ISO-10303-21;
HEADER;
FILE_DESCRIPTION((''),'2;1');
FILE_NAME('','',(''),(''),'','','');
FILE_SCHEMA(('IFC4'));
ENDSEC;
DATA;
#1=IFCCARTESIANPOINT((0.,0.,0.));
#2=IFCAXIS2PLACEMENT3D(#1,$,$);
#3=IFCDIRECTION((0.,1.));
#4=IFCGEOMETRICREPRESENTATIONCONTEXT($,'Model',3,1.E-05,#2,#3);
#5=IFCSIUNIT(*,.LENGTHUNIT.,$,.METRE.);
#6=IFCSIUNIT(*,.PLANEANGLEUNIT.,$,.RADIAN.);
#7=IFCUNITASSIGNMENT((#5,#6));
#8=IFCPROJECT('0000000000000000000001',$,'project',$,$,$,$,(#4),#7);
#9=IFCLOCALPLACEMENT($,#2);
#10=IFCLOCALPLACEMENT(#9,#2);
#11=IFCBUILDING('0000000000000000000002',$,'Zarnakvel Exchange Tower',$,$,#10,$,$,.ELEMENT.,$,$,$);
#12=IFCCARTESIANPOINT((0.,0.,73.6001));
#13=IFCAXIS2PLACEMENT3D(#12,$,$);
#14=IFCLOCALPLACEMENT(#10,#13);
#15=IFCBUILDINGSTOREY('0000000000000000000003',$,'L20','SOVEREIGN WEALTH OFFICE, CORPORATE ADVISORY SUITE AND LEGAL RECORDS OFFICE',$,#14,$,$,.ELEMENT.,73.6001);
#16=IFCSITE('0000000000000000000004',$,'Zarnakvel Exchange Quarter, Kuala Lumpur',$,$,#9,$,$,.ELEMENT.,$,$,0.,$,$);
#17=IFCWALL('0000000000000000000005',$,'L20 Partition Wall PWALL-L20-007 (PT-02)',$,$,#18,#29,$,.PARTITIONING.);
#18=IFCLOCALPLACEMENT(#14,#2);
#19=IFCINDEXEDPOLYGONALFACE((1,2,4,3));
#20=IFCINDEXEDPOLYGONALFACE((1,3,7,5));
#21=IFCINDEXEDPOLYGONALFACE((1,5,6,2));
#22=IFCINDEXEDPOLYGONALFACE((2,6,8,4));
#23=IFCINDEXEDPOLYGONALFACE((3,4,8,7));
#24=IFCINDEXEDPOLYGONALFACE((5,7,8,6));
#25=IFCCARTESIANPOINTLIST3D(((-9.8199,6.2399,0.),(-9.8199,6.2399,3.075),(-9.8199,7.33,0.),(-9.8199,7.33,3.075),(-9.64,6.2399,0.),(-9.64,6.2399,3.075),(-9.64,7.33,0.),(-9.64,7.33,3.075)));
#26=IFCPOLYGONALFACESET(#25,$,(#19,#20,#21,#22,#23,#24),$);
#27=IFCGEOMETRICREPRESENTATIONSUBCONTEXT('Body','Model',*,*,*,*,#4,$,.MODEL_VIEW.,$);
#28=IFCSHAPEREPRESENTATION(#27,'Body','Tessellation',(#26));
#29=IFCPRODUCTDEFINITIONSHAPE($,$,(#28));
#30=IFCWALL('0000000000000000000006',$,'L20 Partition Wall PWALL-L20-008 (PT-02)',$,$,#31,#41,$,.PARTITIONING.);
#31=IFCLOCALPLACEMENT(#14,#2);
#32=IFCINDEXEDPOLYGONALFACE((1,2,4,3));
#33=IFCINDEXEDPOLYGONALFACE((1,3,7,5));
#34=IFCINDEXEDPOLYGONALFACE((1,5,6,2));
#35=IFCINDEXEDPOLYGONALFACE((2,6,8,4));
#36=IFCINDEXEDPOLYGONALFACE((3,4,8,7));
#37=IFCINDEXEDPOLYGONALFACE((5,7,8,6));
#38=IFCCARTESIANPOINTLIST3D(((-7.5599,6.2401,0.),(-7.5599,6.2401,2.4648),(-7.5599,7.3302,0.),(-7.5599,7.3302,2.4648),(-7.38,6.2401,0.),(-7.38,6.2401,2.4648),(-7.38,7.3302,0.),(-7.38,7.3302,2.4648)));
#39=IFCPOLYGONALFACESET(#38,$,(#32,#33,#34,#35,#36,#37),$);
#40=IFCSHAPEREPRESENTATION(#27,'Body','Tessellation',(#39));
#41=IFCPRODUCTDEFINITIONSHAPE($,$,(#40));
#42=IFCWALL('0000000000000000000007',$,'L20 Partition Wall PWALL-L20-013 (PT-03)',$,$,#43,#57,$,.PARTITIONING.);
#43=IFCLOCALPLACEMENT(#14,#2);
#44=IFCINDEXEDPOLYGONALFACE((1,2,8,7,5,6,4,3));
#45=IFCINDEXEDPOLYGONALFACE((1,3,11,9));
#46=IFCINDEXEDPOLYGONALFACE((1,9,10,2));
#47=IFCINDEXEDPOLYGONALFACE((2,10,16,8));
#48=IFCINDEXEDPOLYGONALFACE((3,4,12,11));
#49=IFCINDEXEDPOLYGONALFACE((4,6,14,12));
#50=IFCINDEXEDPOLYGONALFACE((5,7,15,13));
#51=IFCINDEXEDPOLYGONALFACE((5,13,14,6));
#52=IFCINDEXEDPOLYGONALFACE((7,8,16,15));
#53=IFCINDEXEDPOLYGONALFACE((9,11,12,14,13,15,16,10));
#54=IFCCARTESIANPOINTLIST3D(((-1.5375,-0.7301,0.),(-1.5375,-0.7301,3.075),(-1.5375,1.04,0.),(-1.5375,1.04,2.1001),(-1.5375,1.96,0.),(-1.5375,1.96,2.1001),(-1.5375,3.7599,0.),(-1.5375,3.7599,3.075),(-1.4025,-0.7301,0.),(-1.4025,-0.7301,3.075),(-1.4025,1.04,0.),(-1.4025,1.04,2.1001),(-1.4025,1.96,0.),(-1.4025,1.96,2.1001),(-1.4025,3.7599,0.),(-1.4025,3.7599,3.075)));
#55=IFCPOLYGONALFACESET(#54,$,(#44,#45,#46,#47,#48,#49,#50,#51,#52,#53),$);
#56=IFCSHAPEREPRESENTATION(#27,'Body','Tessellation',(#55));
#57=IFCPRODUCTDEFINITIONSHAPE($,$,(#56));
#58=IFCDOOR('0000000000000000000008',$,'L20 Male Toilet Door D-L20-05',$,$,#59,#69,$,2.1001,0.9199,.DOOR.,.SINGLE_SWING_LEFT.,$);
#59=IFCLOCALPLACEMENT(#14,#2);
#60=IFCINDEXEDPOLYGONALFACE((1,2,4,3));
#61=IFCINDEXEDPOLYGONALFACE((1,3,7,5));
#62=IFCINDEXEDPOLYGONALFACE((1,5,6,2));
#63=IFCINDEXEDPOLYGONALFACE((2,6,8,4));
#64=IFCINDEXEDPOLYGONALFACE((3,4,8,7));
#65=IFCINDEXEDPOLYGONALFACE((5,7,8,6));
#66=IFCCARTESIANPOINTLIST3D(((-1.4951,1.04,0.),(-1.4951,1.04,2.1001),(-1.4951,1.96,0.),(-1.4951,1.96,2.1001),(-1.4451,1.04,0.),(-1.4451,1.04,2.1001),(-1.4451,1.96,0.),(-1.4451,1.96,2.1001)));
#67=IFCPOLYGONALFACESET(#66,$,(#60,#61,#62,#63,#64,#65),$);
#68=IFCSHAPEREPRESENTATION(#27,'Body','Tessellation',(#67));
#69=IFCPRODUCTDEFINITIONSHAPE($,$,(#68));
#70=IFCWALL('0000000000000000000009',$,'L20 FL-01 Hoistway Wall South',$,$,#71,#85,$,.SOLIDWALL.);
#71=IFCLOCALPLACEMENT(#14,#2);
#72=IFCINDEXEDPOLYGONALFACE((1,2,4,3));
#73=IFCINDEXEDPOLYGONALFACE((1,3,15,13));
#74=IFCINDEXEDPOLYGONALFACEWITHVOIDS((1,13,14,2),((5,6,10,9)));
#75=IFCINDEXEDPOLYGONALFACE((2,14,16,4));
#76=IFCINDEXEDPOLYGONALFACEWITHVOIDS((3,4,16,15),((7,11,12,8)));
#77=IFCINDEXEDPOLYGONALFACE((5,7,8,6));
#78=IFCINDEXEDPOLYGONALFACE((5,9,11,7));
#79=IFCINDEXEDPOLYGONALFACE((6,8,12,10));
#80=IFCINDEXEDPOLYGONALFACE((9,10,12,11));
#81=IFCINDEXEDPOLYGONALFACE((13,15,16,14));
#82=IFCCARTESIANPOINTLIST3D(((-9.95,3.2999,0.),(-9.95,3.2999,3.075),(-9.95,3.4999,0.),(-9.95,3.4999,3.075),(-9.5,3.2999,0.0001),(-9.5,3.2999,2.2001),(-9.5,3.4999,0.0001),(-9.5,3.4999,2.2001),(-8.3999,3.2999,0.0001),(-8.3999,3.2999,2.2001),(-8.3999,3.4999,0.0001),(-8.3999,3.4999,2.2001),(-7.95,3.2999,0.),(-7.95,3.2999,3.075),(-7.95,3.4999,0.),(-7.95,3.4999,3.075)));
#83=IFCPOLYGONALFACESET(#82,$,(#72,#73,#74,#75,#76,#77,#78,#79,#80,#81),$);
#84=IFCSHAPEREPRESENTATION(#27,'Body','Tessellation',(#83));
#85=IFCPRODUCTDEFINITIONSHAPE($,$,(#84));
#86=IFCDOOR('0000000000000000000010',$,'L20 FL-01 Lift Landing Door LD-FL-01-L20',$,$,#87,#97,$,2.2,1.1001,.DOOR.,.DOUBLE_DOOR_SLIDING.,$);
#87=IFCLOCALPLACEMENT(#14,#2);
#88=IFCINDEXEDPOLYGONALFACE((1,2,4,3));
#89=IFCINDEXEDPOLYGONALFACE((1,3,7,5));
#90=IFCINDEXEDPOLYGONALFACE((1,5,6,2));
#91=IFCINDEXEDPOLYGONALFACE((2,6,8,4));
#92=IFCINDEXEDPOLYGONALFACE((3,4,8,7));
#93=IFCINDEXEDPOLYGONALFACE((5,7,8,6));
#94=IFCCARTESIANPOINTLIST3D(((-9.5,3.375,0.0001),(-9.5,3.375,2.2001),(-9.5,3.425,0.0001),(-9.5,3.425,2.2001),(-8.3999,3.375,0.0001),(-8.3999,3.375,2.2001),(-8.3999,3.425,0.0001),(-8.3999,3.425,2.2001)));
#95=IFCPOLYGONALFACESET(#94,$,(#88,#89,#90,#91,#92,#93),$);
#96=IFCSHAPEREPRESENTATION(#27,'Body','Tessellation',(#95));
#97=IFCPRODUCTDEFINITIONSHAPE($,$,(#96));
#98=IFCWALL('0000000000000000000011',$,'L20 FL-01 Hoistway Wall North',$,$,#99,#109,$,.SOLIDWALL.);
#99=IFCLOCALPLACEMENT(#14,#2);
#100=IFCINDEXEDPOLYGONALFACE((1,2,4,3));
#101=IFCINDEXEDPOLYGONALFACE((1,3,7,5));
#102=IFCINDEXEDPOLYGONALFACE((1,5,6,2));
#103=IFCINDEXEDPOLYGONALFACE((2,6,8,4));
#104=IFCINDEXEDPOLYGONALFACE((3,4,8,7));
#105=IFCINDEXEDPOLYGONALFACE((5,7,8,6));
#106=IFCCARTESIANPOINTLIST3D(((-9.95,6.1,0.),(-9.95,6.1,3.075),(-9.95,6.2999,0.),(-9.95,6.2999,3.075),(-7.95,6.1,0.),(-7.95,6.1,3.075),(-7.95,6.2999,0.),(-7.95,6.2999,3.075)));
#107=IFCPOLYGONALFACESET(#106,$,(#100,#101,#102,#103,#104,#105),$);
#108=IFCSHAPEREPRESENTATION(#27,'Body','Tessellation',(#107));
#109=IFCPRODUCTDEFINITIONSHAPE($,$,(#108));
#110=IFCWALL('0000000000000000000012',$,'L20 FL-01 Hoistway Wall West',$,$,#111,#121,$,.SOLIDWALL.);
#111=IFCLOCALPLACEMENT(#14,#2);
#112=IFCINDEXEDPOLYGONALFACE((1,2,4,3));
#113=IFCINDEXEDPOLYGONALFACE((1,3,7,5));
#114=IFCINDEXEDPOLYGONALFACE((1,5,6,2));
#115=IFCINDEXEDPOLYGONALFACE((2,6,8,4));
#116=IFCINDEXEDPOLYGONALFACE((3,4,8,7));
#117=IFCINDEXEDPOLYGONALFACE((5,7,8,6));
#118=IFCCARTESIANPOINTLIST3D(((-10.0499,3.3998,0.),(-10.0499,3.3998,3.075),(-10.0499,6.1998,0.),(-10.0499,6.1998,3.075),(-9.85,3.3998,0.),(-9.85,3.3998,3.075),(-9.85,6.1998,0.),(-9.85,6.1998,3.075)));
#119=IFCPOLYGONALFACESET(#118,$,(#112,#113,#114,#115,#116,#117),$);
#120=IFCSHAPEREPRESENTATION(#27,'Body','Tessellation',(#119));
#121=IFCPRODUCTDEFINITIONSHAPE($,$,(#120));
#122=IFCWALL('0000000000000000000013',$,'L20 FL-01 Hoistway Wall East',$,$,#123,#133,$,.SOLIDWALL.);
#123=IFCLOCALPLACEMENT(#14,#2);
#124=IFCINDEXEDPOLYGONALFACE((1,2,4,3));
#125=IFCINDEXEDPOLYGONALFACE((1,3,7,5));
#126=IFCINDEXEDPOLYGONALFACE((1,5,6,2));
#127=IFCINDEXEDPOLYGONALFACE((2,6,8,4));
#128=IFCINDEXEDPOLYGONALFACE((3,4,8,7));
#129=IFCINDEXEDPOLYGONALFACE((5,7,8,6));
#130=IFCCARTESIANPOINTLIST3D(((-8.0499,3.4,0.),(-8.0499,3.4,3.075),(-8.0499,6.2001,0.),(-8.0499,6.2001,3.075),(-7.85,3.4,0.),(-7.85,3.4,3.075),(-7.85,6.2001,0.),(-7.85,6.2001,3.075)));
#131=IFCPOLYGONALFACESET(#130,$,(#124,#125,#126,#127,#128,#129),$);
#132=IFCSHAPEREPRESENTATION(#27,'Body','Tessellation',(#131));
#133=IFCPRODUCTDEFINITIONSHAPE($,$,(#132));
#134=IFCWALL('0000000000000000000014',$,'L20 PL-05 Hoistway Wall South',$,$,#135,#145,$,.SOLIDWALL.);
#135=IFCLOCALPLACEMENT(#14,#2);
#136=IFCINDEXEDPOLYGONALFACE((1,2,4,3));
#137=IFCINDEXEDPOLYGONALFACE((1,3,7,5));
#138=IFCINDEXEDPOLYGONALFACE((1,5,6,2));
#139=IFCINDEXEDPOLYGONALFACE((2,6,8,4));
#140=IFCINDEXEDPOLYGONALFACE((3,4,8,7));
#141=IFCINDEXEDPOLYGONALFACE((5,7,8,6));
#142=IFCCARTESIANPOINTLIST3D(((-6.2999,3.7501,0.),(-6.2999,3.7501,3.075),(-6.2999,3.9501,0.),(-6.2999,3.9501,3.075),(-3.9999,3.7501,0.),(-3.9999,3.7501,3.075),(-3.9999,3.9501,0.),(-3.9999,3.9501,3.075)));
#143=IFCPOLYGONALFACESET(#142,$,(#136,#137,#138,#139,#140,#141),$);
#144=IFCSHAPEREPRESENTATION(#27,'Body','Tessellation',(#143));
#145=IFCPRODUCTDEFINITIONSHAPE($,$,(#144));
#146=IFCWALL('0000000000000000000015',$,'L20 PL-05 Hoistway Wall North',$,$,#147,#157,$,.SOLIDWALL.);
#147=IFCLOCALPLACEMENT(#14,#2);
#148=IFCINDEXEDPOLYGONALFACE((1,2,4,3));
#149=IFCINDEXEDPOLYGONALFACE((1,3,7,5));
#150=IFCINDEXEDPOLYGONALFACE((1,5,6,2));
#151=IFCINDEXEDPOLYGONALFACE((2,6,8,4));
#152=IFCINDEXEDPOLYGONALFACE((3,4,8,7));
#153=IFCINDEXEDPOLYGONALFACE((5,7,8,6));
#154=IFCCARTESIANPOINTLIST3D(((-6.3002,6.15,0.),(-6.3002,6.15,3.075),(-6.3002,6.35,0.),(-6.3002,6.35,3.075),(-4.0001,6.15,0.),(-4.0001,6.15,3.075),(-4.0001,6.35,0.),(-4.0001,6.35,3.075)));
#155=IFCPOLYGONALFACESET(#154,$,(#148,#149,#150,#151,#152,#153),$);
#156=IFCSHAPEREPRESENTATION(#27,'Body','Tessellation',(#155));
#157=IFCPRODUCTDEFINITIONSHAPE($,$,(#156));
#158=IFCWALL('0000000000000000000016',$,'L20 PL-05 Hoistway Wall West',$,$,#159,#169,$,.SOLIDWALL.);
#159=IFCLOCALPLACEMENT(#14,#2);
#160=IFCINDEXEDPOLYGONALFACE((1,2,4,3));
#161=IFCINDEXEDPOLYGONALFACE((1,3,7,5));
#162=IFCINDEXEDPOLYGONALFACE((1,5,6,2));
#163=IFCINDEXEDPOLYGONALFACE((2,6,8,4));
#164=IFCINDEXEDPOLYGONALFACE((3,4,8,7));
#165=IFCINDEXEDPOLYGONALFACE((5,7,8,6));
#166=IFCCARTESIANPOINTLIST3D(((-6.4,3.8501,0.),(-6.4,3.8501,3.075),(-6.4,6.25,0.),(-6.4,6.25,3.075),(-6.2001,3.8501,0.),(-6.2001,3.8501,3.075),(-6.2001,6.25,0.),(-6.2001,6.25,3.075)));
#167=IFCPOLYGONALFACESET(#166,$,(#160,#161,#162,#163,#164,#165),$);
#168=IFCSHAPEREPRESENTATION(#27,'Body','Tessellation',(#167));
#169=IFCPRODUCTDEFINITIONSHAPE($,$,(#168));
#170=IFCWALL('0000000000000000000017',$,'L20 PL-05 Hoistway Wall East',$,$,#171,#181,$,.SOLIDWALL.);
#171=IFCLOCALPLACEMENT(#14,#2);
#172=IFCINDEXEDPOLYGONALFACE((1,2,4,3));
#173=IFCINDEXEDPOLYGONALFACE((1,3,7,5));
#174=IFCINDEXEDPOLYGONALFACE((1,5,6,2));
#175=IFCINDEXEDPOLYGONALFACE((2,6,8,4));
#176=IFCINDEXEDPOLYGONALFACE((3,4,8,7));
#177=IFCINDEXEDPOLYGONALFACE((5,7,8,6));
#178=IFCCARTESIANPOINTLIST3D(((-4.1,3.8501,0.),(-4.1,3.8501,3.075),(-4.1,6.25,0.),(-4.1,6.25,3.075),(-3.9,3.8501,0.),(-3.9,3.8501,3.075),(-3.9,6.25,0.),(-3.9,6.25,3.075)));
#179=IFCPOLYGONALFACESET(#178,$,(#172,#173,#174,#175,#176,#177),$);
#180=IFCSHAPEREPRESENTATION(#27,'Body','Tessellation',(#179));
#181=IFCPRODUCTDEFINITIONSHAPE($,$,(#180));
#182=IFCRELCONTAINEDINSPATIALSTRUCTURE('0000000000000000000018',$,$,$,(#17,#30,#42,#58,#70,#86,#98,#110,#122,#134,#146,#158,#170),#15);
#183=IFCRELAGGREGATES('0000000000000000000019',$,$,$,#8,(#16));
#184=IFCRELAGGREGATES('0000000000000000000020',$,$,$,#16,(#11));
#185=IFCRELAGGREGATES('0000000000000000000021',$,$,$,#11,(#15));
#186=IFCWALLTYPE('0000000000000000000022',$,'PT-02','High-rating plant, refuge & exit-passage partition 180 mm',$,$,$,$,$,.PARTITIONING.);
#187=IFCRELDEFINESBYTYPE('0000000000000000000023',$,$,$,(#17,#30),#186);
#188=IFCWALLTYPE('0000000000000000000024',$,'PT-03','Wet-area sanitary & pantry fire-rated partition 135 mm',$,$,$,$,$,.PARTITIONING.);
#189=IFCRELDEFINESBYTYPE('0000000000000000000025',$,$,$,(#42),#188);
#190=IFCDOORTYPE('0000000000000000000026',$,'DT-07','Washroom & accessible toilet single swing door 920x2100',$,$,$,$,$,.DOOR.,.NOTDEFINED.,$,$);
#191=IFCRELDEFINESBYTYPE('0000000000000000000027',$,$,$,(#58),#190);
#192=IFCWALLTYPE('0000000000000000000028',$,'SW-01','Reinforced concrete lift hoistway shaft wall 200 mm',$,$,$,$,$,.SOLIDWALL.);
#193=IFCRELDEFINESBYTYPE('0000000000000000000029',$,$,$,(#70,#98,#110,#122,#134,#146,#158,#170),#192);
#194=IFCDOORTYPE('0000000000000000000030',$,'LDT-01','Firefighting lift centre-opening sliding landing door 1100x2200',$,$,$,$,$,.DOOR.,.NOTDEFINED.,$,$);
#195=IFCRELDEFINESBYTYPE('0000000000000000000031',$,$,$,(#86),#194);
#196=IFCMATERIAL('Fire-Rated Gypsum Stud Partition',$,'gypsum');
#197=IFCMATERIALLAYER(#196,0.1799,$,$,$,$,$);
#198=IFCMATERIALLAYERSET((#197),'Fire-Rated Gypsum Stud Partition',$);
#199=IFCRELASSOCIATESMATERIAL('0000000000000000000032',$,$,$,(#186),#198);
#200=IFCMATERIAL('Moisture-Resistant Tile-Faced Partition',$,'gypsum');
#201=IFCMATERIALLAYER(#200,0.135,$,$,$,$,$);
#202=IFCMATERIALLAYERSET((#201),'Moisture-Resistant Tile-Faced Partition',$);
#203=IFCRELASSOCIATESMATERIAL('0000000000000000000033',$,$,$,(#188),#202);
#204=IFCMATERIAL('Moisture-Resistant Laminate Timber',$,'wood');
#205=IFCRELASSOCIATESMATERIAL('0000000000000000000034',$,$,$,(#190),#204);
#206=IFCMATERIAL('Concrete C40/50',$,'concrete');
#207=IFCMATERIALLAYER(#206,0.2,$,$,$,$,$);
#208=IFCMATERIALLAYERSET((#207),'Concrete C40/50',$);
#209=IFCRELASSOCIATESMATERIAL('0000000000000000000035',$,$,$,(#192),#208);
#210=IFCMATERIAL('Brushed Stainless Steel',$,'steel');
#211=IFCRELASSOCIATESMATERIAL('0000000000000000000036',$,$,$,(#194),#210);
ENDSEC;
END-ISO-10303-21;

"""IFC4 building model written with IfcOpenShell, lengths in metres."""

from ifc_helpers import new_model, si_unit, direction, frame, frame_2d, origin, place, context, subcontext, project, spatial, rectangle, extrude, source, transform, mapped, material, layer, layer_set, type_object, element, fill, save


model = new_model("IFC4")

# Units and contexts
model_context = context("Model", 3, precision=1e-05, world=origin(), true_north=direction((0.0, 1.0)))
body_context = subcontext(model_context, "Body", "Model", "MODEL_VIEW")
ifc_project = project(units=[si_unit("LENGTHUNIT", "METRE"), si_unit("PLANEANGLEUNIT", "RADIAN")], contexts=[model_context])

# Site, building, storey
site_placement = place(None, origin())
site = spatial("IfcSite", under=ifc_project, at=site_placement, Name="Zarnakvel Exchange Quarter, Kuala Lumpur", CompositionType="ELEMENT", RefElevation=0.0)
building_placement = place(site_placement, origin())
building = spatial("IfcBuilding", under=site, at=building_placement, Name="Zarnakvel Exchange Tower", CompositionType="ELEMENT")
storey_placement = place(building_placement, frame((0.0, 0.0, 73.6001)))
storey = spatial("IfcBuildingStorey", under=building, at=storey_placement, Name="L20", Description="SOVEREIGN WEALTH OFFICE, CORPORATE ADVISORY SUITE AND LEGAL RECORDS OFFICE", CompositionType="ELEMENT", Elevation=73.6001)

# Walls
ifc_material_1 = material(Name="Fire-Rated Gypsum Stud Partition", Category="gypsum")
ifc_layer_1 = layer(ifc_material_1, 0.1799)
ifc_layer_set_1 = layer_set([ifc_layer_1], Name="Fire-Rated Gypsum Stud Partition")
wall_type_1 = type_object("IfcWallType", Name="PT-02", Description="High-rating plant, refuge & exit-passage partition 180 mm", PredefinedType="PARTITIONING", material=ifc_layer_set_1)
wall_1_placement = place(storey_placement, frame((-9.73, 6.24, 0.0), z_axis=(0.0, 0.0, 1.0), x_axis=(0.0, 1.0, 0.0)))
element("IfcWall", 1, at=wall_1_placement, inside=storey, type_object=wall_type_1, Name="L20 Partition Wall PWALL-L20-007 (PT-02)", PredefinedType="PARTITIONING", context=body_context, shape_type="SweptSolid", body=[
    extrude(rectangle(XDim=1.0901, YDim=0.1799, at=frame_2d((0.5449, 0.0))), origin(), (0.0, 0.0, 1.0), 3.075),
])
wall_2_placement = place(storey_placement, frame((-7.47, 7.3301, 0.0), z_axis=(0.0, 0.0, 1.0), x_axis=(0.0, -1.0, 0.0)))
element("IfcWall", 2, at=wall_2_placement, inside=storey, type_object=wall_type_1, Name="L20 Partition Wall PWALL-L20-008 (PT-02)", PredefinedType="PARTITIONING", context=body_context, shape_type="SweptSolid", body=[
    extrude(rectangle(XDim=1.0901, YDim=0.1799, at=frame_2d((0.5449, 0.0))), origin(), (0.0, 0.0, 1.0), 2.4648),
])

# Walls, openings, doors
ifc_material_2 = material(Name="Moisture-Resistant Tile-Faced Partition", Category="gypsum")
ifc_layer_2 = layer(ifc_material_2, 0.135)
ifc_layer_set_2 = layer_set([ifc_layer_2], Name="Moisture-Resistant Tile-Faced Partition")
wall_type_2 = type_object("IfcWallType", Name="PT-03", Description="Wet-area sanitary & pantry fire-rated partition 135 mm", PredefinedType="PARTITIONING", material=ifc_layer_set_2)
wall_3_placement = place(storey_placement, frame((-1.47, 3.76, 0.0), z_axis=(0.0, 0.0, 1.0), x_axis=(0.0, -1.0, 0.0)))
wall_3 = element("IfcWall", 3, at=wall_3_placement, inside=storey, type_object=wall_type_2, Name="L20 Partition Wall PWALL-L20-013 (PT-03)", PredefinedType="PARTITIONING", context=body_context, shape_type="SweptSolid", body=[
    extrude(rectangle(XDim=4.49, YDim=0.135, at=frame_2d((2.2451, 0.0))), origin(), (0.0, 0.0, 1.0), 3.075),
])
opening_1_placement = place(wall_3_placement, frame((1.8, 0.0, 0.0)))
opening_1 = element("IfcOpeningElement", 4, at=opening_1_placement, cuts=wall_3, PredefinedType="OPENING", context=body_context, shape_type="SweptSolid", body=[
    extrude(rectangle(XDim=0.9199, YDim=2.1001, at=frame_2d((0.46, 1.05))), frame((0.0, 0.0774, 0.0), z_axis=(0.0, -1.0, 0.0), x_axis=(1.0, 0.0, 0.0)), (0.0, 0.0, 1.0), 0.155),
])
ifc_material_3 = material(Name="Moisture-Resistant Laminate Timber", Category="wood")
door_type_1 = type_object("IfcDoorType", Name="DT-07", Description="Washroom & accessible toilet single swing door 920x2100", OperationType="NOTDEFINED", PredefinedType="DOOR", material=ifc_material_3)
shared_shape_1 = source(origin(), body_context, "Body", "SweptSolid", [
    extrude(rectangle(XDim=0.9199, YDim=2.1001, at=frame_2d((0.46, 1.05))), frame((0.0, 0.0249, 0.0), z_axis=(0.0, -1.0, 0.0), x_axis=(1.0, 0.0, 0.0)), (0.0, 0.0, 1.0), 0.05),
])
door_1_placement = place(opening_1_placement, origin())
door_1 = element("IfcDoor", 5, at=door_1_placement, inside=storey, type_object=door_type_1, Name="L20 Male Toilet Door D-L20-05", OperationType="SINGLE_SWING_LEFT", OverallHeight=2.1001, OverallWidth=0.9199, PredefinedType="DOOR", context=body_context, shape_type="MappedRepresentation", body=[
    mapped(shared_shape_1, transform((0.0, 0.0, 0.0), x_axis=(1.0, 0.0, 0.0), y_axis=(0.0, 1.0, 0.0), z_axis=(0.0, 0.0, 1.0), scale=1.0)),
])
fill(opening_1, door_1)
ifc_material_4 = material(Name="Concrete C40/50", Category="concrete")
ifc_layer_3 = layer(ifc_material_4, 0.2)
ifc_layer_set_3 = layer_set([ifc_layer_3], Name="Concrete C40/50")
wall_type_3 = type_object("IfcWallType", Name="SW-01", Description="Reinforced concrete lift hoistway shaft wall 200 mm", PredefinedType="SOLIDWALL", material=ifc_layer_set_3)
wall_4_placement = place(storey_placement, frame((-7.95, 3.3999, 0.0), z_axis=(0.0, 0.0, 1.0), x_axis=(-1.0, 0.0, 0.0)))
wall_4 = element("IfcWall", 6, at=wall_4_placement, inside=storey, type_object=wall_type_3, Name="L20 FL-01 Hoistway Wall South", PredefinedType="SOLIDWALL", context=body_context, shape_type="SweptSolid", body=[
    extrude(rectangle(XDim=2.0, YDim=0.2, at=frame_2d((1.0, 0.0))), origin(), (0.0, 0.0, 1.0), 3.075),
])
opening_2_placement = place(wall_4_placement, frame((0.45, 0.0, 0.0)))
opening_2 = element("IfcOpeningElement", 7, at=opening_2_placement, cuts=wall_4, PredefinedType="OPENING", context=body_context, shape_type="SweptSolid", body=[
    extrude(rectangle(XDim=1.1001, YDim=2.2, at=frame_2d((0.55, 1.1001))), frame((0.0, 0.1099, 0.0), z_axis=(0.0, -1.0, 0.0), x_axis=(1.0, 0.0, 0.0)), (0.0, 0.0, 1.0), 0.22),
])
ifc_material_5 = material(Name="Brushed Stainless Steel", Category="steel")
door_type_2 = type_object("IfcDoorType", Name="LDT-01", Description="Firefighting lift centre-opening sliding landing door 1100x2200", OperationType="NOTDEFINED", PredefinedType="DOOR", material=ifc_material_5)
shared_shape_2 = source(origin(), body_context, "Body", "SweptSolid", [
    extrude(rectangle(XDim=1.1001, YDim=2.2, at=frame_2d((0.55, 1.1001))), frame((0.0, 0.0249, 0.0), z_axis=(0.0, -1.0, 0.0), x_axis=(1.0, 0.0, 0.0)), (0.0, 0.0, 1.0), 0.05),
])
door_2_placement = place(opening_2_placement, origin())
door_2 = element("IfcDoor", 8, at=door_2_placement, inside=storey, type_object=door_type_2, Name="L20 FL-01 Lift Landing Door LD-FL-01-L20", OperationType="DOUBLE_DOOR_SLIDING", OverallHeight=2.2, OverallWidth=1.1001, PredefinedType="DOOR", context=body_context, shape_type="MappedRepresentation", body=[
    mapped(shared_shape_2, transform((0.0, 0.0, 0.0), x_axis=(1.0, 0.0, 0.0), y_axis=(0.0, 1.0, 0.0), z_axis=(0.0, 0.0, 1.0), scale=1.0)),
])
fill(opening_2, door_2)

# Walls
wall_5_placement = place(storey_placement, frame((-9.95, 6.2, 0.0), z_axis=(0.0, 0.0, 1.0), x_axis=(1.0, 0.0, 0.0)))
element("IfcWall", 9, at=wall_5_placement, inside=storey, type_object=wall_type_3, Name="L20 FL-01 Hoistway Wall North", PredefinedType="SOLIDWALL", context=body_context, shape_type="SweptSolid", body=[
    extrude(rectangle(XDim=2.0, YDim=0.2, at=frame_2d((1.0, 0.0))), origin(), (0.0, 0.0, 1.0), 3.075),
])
for number, where, z_axis, x_axis, name in (
    (10, (-9.95, 3.3999, 0.0), (0.0, 0.0, 1.0), (0.0, 1.0, 0.0), "L20 FL-01 Hoistway Wall West"),
    (11, (-7.95, 6.2, 0.0), (0.0, 0.0, 1.0), (0.0, -1.0, 0.0), "L20 FL-01 Hoistway Wall East"),
):
    element("IfcWall", number, at=place(storey_placement, frame(where, z_axis=z_axis, x_axis=x_axis)), inside=storey, type_object=wall_type_3, Name=name, PredefinedType="SOLIDWALL", context=body_context, shape_type="SweptSolid", body=[
        extrude(rectangle(XDim=2.8, YDim=0.2, at=frame_2d((1.3999, 0.0))), origin(), (0.0, 0.0, 1.0), 3.075),
    ])
for number, where, z_axis, x_axis, name in (
    (12, (-4.0, 3.8501, 0.0), (0.0, 0.0, 1.0), (-1.0, 0.0, 0.0), "L20 PL-05 Hoistway Wall South"),
    (13, (-6.3, 6.25, 0.0), (0.0, 0.0, 1.0), (1.0, 0.0, 0.0), "L20 PL-05 Hoistway Wall North"),
):
    element("IfcWall", number, at=place(storey_placement, frame(where, z_axis=z_axis, x_axis=x_axis)), inside=storey, type_object=wall_type_3, Name=name, PredefinedType="SOLIDWALL", context=body_context, shape_type="SweptSolid", body=[
        extrude(rectangle(XDim=2.3, YDim=0.2, at=frame_2d((1.1499, 0.0))), origin(), (0.0, 0.0, 1.0), 3.075),
    ])
for number, where, z_axis, x_axis, name in (
    (14, (-6.3, 3.8501, 0.0), (0.0, 0.0, 1.0), (0.0, 1.0, 0.0), "L20 PL-05 Hoistway Wall West"),
    (15, (-4.0, 6.25, 0.0), (0.0, 0.0, 1.0), (0.0, -1.0, 0.0), "L20 PL-05 Hoistway Wall East"),
):
    element("IfcWall", number, at=place(storey_placement, frame(where, z_axis=z_axis, x_axis=x_axis)), inside=storey, type_object=wall_type_3, Name=name, PredefinedType="SOLIDWALL", context=body_context, shape_type="SweptSolid", body=[
        extrude(rectangle(XDim=2.3999, YDim=0.2, at=frame_2d((1.2, 0.0))), origin(), (0.0, 0.0, 1.0), 3.075),
    ])

save(model, "model.ifc")
